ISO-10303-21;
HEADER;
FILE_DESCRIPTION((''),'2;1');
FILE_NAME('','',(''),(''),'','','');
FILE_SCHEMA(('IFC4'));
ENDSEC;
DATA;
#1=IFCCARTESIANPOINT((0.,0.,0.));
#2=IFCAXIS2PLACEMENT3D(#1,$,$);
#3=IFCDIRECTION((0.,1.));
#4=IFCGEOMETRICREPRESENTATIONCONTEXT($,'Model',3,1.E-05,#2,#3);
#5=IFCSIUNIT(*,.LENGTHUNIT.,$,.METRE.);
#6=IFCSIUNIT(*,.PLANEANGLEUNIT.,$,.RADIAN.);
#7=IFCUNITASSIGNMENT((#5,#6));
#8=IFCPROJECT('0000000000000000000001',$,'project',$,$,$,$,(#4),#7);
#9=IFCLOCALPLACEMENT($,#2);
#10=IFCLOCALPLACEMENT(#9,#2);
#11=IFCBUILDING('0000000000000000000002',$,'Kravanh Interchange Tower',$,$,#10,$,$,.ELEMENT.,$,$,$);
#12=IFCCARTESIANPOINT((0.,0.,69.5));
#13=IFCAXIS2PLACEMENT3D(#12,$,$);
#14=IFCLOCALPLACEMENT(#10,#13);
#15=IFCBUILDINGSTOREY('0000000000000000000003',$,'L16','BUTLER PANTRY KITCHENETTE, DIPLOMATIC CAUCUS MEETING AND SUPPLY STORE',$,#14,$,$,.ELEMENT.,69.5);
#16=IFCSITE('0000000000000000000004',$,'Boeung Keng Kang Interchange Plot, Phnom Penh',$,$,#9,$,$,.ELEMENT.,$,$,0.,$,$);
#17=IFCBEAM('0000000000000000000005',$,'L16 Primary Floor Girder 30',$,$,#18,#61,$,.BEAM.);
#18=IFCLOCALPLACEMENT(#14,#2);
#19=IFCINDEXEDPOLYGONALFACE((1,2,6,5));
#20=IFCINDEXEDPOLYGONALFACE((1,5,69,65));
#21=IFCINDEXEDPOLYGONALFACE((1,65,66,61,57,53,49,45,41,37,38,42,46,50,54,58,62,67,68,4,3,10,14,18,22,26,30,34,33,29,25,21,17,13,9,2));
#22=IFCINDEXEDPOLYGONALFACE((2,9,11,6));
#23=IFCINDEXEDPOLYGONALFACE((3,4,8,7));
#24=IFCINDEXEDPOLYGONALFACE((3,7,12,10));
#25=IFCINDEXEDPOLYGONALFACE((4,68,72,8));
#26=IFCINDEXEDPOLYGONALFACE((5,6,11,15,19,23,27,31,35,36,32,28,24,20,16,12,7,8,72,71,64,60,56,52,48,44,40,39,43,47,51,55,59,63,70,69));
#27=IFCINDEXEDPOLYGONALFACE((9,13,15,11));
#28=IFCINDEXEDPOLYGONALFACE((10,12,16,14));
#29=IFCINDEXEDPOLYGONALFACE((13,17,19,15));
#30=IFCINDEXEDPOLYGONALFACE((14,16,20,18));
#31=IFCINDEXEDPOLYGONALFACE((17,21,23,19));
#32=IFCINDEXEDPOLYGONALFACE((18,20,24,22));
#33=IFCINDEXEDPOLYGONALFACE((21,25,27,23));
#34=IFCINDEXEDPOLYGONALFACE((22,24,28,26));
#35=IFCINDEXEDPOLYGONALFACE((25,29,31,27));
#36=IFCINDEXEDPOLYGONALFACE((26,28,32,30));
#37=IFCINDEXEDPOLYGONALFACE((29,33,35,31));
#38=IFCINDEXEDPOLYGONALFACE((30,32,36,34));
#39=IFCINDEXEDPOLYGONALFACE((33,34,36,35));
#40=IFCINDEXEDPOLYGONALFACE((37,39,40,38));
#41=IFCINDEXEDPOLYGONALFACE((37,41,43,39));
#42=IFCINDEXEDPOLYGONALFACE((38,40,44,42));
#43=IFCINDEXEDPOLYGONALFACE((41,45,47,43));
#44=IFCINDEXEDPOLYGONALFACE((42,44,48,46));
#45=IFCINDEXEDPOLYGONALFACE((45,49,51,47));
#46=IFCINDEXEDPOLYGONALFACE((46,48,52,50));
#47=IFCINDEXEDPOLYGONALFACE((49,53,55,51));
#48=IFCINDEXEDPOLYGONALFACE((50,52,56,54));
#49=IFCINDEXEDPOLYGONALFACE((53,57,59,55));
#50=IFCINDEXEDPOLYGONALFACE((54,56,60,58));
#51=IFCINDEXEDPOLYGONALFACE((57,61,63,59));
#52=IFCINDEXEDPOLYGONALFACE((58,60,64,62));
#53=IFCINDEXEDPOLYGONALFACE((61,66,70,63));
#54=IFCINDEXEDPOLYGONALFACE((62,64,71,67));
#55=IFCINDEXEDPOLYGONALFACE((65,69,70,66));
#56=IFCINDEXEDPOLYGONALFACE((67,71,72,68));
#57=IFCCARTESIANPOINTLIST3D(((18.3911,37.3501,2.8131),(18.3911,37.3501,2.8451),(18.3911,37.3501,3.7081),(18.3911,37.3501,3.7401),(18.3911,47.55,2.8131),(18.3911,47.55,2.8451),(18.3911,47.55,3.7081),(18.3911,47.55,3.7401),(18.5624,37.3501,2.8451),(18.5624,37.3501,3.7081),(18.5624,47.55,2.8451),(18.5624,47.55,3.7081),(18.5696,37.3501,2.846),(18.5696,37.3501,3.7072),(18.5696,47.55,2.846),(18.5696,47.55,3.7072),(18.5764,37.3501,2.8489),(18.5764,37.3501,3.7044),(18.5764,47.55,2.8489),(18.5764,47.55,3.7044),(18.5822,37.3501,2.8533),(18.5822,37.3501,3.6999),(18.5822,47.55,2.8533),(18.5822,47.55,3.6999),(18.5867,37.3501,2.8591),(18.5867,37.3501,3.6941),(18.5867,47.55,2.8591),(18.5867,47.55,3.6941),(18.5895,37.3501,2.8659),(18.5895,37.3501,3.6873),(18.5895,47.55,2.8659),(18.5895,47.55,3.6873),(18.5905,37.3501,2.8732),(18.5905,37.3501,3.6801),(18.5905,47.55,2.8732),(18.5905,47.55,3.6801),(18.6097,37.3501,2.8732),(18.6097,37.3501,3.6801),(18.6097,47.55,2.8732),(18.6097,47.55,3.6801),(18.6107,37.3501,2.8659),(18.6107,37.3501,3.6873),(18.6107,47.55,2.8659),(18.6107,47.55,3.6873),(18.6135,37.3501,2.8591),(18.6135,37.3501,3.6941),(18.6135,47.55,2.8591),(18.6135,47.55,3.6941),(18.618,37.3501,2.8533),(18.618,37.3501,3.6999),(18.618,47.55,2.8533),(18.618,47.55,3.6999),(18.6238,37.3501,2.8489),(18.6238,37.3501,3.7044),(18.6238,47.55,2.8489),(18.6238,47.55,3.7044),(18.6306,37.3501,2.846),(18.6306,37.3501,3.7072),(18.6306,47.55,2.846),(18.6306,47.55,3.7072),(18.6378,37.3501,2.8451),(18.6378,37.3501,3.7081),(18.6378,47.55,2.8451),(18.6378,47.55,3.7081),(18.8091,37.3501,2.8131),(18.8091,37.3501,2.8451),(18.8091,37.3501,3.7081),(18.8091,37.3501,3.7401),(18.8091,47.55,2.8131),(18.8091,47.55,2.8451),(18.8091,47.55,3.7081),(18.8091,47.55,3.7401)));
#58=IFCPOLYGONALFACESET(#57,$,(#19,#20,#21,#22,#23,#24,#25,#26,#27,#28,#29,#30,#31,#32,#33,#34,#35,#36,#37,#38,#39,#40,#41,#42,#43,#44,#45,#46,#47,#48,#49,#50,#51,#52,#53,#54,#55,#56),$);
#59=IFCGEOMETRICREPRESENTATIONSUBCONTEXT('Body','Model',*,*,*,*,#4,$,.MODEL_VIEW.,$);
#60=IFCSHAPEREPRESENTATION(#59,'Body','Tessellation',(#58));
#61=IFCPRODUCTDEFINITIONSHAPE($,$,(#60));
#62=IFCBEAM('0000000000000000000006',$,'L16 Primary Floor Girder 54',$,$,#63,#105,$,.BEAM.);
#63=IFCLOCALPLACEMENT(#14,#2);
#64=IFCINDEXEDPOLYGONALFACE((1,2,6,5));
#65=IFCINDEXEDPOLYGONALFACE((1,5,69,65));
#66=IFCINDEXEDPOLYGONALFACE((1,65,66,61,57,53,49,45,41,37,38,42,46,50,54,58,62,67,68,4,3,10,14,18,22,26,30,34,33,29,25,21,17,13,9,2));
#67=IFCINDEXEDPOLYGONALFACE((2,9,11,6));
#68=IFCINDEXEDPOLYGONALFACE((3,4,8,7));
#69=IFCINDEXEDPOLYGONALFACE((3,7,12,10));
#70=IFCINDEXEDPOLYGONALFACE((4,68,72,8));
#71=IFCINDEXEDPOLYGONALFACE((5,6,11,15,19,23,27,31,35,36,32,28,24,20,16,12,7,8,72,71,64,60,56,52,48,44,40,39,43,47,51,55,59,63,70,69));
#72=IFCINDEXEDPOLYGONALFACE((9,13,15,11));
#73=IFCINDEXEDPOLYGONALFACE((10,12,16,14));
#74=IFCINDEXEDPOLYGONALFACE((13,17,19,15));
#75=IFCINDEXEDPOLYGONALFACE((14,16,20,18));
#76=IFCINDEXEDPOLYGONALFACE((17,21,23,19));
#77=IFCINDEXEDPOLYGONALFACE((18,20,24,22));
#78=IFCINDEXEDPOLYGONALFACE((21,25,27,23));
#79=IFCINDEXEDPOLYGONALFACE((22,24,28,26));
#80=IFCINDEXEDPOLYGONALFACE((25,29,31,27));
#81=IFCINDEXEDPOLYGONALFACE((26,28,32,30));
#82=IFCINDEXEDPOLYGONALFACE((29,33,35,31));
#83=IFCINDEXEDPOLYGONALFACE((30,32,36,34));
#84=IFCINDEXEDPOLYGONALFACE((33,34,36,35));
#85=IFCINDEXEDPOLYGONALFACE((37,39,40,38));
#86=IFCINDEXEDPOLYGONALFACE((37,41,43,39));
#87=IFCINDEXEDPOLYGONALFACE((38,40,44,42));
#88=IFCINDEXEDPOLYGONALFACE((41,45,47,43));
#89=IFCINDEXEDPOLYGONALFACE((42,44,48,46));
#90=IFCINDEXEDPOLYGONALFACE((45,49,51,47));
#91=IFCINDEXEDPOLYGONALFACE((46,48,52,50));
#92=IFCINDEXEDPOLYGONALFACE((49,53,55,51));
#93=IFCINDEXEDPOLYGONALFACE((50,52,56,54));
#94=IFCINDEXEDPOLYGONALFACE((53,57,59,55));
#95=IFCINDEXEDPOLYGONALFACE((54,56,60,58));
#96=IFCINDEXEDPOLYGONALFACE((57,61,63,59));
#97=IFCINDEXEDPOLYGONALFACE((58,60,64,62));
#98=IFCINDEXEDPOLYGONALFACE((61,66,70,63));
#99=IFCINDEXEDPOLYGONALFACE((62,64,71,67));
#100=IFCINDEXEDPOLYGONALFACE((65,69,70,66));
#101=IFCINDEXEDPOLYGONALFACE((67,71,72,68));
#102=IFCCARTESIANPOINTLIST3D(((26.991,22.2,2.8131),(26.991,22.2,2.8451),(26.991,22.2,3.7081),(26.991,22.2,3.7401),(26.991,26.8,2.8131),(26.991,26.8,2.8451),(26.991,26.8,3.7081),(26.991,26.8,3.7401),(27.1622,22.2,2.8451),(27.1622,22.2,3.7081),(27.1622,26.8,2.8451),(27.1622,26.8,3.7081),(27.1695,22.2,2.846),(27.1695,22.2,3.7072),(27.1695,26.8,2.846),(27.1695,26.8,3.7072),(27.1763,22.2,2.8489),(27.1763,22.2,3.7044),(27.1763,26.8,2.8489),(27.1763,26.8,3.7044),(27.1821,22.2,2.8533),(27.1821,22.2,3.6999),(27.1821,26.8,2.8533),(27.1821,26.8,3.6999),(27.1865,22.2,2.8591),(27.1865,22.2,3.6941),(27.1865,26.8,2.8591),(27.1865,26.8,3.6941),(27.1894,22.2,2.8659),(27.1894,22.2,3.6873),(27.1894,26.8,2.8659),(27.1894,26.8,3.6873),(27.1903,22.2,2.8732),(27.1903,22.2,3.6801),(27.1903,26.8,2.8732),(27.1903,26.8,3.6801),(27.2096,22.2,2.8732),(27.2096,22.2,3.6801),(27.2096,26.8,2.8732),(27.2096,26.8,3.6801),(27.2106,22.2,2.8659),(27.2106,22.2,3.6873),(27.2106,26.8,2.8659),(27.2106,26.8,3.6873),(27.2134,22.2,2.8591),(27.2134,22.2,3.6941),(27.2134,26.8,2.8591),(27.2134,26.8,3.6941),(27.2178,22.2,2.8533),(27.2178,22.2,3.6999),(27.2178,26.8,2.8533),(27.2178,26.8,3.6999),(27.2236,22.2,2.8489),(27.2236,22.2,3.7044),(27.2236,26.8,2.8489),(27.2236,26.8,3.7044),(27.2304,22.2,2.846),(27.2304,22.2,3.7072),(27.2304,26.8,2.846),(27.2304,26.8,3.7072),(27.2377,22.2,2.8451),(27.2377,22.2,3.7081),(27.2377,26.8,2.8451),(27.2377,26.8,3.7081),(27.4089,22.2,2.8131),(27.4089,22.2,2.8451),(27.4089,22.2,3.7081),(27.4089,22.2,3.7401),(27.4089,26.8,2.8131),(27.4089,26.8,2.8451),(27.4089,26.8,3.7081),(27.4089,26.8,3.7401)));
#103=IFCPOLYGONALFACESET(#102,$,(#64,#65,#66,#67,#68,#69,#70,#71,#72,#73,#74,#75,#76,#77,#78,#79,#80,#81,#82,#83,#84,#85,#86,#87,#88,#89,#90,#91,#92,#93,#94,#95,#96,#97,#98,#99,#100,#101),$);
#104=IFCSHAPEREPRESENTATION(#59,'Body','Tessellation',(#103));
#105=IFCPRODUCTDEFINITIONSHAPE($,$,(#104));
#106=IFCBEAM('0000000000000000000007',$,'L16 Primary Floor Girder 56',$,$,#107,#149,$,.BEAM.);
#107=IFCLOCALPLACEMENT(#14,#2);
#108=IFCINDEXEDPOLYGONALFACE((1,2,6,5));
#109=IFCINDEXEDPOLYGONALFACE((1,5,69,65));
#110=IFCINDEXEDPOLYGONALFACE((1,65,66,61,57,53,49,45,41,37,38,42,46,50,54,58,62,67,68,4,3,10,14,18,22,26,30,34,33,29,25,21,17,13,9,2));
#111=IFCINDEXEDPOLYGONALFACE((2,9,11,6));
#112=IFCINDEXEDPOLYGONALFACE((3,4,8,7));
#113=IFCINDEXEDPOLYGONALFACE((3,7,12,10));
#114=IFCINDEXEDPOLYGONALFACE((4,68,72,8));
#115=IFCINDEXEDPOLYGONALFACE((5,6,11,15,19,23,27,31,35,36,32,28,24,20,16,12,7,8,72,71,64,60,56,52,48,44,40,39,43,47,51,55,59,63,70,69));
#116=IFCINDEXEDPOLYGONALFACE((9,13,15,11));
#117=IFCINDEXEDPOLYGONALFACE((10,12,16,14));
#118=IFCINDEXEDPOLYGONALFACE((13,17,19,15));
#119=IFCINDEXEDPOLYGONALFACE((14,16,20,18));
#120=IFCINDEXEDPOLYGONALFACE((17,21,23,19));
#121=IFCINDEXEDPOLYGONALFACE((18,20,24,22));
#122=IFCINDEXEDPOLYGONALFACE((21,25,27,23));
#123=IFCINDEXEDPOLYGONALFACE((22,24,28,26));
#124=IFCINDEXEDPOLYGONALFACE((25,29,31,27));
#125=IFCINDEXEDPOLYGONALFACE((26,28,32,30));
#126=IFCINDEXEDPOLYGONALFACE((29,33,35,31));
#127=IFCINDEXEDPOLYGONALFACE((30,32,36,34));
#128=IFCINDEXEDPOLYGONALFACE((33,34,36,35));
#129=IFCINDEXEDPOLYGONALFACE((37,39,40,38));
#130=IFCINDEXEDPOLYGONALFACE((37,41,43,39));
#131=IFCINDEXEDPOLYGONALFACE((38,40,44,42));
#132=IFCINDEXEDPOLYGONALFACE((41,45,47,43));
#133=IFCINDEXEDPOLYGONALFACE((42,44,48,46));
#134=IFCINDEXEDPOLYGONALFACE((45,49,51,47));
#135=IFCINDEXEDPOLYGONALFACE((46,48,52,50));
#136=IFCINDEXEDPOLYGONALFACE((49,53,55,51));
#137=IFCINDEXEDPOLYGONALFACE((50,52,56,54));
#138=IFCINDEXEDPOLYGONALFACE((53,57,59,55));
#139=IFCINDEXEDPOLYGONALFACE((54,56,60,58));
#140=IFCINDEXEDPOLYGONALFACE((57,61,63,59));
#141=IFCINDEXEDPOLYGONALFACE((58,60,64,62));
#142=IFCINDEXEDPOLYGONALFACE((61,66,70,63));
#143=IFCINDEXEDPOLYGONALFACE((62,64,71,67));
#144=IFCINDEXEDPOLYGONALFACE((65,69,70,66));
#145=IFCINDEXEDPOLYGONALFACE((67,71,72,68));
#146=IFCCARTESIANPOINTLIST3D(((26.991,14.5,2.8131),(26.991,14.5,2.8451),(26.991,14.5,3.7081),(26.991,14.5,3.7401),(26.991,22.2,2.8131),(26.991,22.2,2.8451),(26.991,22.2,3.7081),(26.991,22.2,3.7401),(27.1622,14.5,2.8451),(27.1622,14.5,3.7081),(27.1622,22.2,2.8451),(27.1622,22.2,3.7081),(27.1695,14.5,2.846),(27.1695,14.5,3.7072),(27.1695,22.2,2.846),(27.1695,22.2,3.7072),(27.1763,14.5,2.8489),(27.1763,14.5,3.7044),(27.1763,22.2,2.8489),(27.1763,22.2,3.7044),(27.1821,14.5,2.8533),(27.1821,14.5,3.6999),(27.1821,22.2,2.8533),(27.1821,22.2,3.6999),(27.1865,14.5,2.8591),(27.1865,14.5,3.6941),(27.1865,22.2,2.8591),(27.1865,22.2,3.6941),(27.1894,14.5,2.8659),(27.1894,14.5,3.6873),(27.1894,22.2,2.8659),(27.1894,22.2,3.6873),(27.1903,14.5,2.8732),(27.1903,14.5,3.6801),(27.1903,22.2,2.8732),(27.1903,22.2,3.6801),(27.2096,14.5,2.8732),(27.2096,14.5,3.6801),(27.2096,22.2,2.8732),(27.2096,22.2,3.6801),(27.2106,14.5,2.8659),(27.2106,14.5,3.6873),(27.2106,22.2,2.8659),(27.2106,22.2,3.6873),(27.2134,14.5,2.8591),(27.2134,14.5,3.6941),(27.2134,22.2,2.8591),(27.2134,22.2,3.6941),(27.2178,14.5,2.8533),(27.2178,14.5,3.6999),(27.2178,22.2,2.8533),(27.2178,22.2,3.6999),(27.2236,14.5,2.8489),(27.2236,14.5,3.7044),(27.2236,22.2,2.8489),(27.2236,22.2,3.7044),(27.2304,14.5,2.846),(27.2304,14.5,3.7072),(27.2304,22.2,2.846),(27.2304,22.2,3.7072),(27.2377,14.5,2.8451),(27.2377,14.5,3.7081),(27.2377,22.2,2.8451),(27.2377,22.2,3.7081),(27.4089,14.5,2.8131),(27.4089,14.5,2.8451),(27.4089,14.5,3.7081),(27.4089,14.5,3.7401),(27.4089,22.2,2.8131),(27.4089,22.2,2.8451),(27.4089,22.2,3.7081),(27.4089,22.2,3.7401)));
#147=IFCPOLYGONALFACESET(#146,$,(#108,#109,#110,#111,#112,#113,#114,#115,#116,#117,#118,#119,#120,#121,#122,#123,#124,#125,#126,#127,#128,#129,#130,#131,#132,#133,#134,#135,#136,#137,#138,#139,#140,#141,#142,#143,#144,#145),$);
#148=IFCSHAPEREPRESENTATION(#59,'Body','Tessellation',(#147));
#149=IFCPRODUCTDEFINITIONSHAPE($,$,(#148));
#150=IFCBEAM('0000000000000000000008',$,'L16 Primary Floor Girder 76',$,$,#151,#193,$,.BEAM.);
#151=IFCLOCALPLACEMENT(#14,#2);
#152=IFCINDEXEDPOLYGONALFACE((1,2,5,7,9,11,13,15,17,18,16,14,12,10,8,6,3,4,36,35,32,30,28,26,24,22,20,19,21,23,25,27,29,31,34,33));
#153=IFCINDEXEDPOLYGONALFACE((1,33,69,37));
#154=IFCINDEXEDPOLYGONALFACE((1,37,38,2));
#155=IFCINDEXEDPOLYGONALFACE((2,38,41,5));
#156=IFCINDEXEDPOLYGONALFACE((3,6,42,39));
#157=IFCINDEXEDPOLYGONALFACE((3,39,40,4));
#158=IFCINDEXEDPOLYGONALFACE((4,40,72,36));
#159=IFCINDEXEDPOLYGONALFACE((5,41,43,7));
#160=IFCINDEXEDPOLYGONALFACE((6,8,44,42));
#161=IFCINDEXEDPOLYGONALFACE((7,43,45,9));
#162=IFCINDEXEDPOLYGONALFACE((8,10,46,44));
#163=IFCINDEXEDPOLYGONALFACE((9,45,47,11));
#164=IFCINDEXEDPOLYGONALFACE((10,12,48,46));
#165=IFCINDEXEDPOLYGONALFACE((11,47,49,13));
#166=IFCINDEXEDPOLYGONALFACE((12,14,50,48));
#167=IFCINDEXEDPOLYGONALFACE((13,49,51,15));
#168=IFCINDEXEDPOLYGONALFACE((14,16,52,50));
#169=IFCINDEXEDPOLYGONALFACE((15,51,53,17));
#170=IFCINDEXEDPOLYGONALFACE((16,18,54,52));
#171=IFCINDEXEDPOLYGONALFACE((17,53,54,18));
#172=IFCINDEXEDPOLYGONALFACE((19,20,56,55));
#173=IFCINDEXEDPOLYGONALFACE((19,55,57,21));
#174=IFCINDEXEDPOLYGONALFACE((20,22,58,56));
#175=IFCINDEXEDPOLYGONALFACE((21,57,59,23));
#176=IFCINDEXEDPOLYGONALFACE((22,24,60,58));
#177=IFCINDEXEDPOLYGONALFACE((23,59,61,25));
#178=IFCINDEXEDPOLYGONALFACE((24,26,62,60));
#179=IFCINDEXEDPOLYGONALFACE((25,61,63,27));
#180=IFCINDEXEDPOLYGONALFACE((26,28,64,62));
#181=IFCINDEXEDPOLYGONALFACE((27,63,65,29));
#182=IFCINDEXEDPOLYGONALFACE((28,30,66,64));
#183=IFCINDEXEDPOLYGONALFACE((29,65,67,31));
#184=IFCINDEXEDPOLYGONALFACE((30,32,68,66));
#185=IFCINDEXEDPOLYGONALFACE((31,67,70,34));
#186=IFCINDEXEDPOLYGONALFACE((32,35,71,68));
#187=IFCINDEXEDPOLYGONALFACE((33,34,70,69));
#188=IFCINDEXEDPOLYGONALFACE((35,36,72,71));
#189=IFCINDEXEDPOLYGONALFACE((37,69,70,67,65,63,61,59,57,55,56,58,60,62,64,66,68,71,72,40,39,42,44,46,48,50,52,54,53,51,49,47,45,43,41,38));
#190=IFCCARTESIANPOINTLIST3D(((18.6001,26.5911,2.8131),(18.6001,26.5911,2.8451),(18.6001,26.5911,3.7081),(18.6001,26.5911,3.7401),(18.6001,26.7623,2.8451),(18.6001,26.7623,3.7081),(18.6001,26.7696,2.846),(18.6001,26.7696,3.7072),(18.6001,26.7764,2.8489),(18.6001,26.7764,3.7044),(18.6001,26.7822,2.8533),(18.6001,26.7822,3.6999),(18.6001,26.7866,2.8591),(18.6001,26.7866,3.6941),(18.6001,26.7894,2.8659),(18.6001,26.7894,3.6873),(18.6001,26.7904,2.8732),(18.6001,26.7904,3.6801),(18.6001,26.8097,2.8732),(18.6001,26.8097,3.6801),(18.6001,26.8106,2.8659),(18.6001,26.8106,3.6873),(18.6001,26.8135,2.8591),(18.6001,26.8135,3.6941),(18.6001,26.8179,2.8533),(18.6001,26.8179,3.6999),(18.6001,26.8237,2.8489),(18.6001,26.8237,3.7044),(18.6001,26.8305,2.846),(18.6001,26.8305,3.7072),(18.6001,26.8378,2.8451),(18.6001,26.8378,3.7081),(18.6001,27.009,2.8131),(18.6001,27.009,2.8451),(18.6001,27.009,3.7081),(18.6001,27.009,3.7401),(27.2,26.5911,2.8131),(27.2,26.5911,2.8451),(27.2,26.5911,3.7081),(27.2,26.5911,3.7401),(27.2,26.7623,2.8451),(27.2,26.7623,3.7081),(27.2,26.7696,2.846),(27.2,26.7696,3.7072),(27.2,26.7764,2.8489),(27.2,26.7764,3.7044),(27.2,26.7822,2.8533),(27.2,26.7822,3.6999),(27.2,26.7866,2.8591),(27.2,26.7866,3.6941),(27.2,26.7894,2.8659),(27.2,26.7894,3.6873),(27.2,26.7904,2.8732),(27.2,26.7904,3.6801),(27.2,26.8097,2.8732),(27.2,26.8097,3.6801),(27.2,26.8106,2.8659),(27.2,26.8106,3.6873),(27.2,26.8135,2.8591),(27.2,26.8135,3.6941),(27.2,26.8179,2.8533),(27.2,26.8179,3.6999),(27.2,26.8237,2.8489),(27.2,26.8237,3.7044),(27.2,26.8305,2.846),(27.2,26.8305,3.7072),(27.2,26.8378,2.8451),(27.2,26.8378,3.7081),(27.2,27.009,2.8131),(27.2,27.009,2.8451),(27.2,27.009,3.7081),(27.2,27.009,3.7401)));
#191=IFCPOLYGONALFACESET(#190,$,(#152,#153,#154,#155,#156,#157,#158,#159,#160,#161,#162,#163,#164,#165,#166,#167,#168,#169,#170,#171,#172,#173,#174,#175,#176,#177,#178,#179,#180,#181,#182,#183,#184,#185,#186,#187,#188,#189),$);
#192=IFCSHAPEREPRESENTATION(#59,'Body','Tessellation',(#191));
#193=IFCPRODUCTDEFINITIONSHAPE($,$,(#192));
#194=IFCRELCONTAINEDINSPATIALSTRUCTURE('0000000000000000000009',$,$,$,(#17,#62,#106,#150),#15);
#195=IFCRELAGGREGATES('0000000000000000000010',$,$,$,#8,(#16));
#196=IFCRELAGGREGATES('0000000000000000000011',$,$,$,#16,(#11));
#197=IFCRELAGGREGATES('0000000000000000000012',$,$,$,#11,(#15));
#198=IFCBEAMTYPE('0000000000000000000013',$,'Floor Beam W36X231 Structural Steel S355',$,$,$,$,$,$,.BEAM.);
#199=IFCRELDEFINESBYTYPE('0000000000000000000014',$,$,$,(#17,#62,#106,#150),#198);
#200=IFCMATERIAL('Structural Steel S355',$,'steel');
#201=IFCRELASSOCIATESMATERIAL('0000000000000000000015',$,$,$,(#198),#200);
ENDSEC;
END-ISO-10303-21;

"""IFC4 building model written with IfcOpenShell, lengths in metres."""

from ifc_helpers import new_model, si_unit, direction, frame, origin, origin_2d, place, context, subcontext, project, spatial, i_section, extrude, material, material_profile, profile_set, type_object, element, save


model = new_model("IFC4")

# Units and contexts
model_context = context("Model", 3, precision=1e-05, world=origin(), true_north=direction((0.0, 1.0)))
body_context = subcontext(model_context, "Body", "Model", "MODEL_VIEW")
ifc_project = project(units=[si_unit("LENGTHUNIT", "METRE"), si_unit("PLANEANGLEUNIT", "RADIAN")], contexts=[model_context])

# Site, building, storey
site_placement = place(None, origin())
site = spatial("IfcSite", under=ifc_project, at=site_placement, Name="Boeung Keng Kang Interchange Plot, Phnom Penh", CompositionType="ELEMENT", RefElevation=0.0)
building_placement = place(site_placement, origin())
building = spatial("IfcBuilding", under=site, at=building_placement, Name="Kravanh Interchange Tower", CompositionType="ELEMENT")
storey_placement = place(building_placement, frame((0.0, 0.0, 69.5)))
storey = spatial("IfcBuildingStorey", under=building, at=storey_placement, Name="L16", Description="BUTLER PANTRY KITCHENETTE, DIPLOMATIC CAUCUS MEETING AND SUPPLY STORE", CompositionType="ELEMENT", Elevation=69.5)

# Beams
ifc_material_1 = material(Name="Structural Steel S355", Category="steel")
ifc_material_profile_1 = material_profile(ifc_material_1, i_section(OverallWidth=0.418, OverallDepth=0.927, WebThickness=0.0193, FlangeThickness=0.032, FilletRadius=0.0281, at=origin_2d()), Name="W36X231")
ifc_profile_set_1 = profile_set([ifc_material_profile_1], Name="Structural Steel S355")
beam_type_1 = type_object("IfcBeamType", Name="Floor Beam W36X231 Structural Steel S355", PredefinedType="BEAM", material=ifc_profile_set_1)
beam_1_placement = place(storey_placement, frame((18.6001, 37.3501, 3.2766), z_axis=(0.0, 1.0, 0.0), x_axis=(-1.0, 0.0, 0.0)))
element("IfcBeam", 1, at=beam_1_placement, inside=storey, type_object=beam_type_1, Name="L16 Primary Floor Girder 30", PredefinedType="BEAM", context=body_context, shape_type="SweptSolid", body=[
    extrude(i_section(OverallWidth=0.418, OverallDepth=0.927, WebThickness=0.0193, FlangeThickness=0.032, FilletRadius=0.0281, at=origin_2d()), origin(), (0.0, 0.0, 1.0), 10.2),
])
beam_2_placement = place(storey_placement, frame((27.2, 22.2, 3.2766), z_axis=(0.0, 1.0, 0.0), x_axis=(-1.0, 0.0, 0.0)))
element("IfcBeam", 2, at=beam_2_placement, inside=storey, type_object=beam_type_1, Name="L16 Primary Floor Girder 54", PredefinedType="BEAM", context=body_context, shape_type="SweptSolid", body=[
    extrude(i_section(OverallWidth=0.418, OverallDepth=0.927, WebThickness=0.0193, FlangeThickness=0.032, FilletRadius=0.0281, at=origin_2d()), origin(), (0.0, 0.0, 1.0), 4.6001),
])
beam_3_placement = place(storey_placement, frame((27.2, 22.2, 3.2766), z_axis=(0.0, -1.0, 0.0), x_axis=(1.0, 0.0, 0.0)))
element("IfcBeam", 3, at=beam_3_placement, inside=storey, type_object=beam_type_1, Name="L16 Primary Floor Girder 56", PredefinedType="BEAM", context=body_context, shape_type="SweptSolid", body=[
    extrude(i_section(OverallWidth=0.418, OverallDepth=0.927, WebThickness=0.0193, FlangeThickness=0.032, FilletRadius=0.0281, at=origin_2d()), origin(), (0.0, 0.0, 1.0), 7.7),
])
beam_4_placement = place(storey_placement, frame((18.6001, 26.8, 3.2766), z_axis=(1.0, 0.0, 0.0), x_axis=(0.0, 1.0, 0.0)))
element("IfcBeam", 4, at=beam_4_placement, inside=storey, type_object=beam_type_1, Name="L16 Primary Floor Girder 76", PredefinedType="BEAM", context=body_context, shape_type="SweptSolid", body=[
    extrude(i_section(OverallWidth=0.418, OverallDepth=0.927, WebThickness=0.0193, FlangeThickness=0.032, FilletRadius=0.0281, at=origin_2d()), origin(), (0.0, 0.0, 1.0), 8.5999),
])

save(model, "model.ifc")
